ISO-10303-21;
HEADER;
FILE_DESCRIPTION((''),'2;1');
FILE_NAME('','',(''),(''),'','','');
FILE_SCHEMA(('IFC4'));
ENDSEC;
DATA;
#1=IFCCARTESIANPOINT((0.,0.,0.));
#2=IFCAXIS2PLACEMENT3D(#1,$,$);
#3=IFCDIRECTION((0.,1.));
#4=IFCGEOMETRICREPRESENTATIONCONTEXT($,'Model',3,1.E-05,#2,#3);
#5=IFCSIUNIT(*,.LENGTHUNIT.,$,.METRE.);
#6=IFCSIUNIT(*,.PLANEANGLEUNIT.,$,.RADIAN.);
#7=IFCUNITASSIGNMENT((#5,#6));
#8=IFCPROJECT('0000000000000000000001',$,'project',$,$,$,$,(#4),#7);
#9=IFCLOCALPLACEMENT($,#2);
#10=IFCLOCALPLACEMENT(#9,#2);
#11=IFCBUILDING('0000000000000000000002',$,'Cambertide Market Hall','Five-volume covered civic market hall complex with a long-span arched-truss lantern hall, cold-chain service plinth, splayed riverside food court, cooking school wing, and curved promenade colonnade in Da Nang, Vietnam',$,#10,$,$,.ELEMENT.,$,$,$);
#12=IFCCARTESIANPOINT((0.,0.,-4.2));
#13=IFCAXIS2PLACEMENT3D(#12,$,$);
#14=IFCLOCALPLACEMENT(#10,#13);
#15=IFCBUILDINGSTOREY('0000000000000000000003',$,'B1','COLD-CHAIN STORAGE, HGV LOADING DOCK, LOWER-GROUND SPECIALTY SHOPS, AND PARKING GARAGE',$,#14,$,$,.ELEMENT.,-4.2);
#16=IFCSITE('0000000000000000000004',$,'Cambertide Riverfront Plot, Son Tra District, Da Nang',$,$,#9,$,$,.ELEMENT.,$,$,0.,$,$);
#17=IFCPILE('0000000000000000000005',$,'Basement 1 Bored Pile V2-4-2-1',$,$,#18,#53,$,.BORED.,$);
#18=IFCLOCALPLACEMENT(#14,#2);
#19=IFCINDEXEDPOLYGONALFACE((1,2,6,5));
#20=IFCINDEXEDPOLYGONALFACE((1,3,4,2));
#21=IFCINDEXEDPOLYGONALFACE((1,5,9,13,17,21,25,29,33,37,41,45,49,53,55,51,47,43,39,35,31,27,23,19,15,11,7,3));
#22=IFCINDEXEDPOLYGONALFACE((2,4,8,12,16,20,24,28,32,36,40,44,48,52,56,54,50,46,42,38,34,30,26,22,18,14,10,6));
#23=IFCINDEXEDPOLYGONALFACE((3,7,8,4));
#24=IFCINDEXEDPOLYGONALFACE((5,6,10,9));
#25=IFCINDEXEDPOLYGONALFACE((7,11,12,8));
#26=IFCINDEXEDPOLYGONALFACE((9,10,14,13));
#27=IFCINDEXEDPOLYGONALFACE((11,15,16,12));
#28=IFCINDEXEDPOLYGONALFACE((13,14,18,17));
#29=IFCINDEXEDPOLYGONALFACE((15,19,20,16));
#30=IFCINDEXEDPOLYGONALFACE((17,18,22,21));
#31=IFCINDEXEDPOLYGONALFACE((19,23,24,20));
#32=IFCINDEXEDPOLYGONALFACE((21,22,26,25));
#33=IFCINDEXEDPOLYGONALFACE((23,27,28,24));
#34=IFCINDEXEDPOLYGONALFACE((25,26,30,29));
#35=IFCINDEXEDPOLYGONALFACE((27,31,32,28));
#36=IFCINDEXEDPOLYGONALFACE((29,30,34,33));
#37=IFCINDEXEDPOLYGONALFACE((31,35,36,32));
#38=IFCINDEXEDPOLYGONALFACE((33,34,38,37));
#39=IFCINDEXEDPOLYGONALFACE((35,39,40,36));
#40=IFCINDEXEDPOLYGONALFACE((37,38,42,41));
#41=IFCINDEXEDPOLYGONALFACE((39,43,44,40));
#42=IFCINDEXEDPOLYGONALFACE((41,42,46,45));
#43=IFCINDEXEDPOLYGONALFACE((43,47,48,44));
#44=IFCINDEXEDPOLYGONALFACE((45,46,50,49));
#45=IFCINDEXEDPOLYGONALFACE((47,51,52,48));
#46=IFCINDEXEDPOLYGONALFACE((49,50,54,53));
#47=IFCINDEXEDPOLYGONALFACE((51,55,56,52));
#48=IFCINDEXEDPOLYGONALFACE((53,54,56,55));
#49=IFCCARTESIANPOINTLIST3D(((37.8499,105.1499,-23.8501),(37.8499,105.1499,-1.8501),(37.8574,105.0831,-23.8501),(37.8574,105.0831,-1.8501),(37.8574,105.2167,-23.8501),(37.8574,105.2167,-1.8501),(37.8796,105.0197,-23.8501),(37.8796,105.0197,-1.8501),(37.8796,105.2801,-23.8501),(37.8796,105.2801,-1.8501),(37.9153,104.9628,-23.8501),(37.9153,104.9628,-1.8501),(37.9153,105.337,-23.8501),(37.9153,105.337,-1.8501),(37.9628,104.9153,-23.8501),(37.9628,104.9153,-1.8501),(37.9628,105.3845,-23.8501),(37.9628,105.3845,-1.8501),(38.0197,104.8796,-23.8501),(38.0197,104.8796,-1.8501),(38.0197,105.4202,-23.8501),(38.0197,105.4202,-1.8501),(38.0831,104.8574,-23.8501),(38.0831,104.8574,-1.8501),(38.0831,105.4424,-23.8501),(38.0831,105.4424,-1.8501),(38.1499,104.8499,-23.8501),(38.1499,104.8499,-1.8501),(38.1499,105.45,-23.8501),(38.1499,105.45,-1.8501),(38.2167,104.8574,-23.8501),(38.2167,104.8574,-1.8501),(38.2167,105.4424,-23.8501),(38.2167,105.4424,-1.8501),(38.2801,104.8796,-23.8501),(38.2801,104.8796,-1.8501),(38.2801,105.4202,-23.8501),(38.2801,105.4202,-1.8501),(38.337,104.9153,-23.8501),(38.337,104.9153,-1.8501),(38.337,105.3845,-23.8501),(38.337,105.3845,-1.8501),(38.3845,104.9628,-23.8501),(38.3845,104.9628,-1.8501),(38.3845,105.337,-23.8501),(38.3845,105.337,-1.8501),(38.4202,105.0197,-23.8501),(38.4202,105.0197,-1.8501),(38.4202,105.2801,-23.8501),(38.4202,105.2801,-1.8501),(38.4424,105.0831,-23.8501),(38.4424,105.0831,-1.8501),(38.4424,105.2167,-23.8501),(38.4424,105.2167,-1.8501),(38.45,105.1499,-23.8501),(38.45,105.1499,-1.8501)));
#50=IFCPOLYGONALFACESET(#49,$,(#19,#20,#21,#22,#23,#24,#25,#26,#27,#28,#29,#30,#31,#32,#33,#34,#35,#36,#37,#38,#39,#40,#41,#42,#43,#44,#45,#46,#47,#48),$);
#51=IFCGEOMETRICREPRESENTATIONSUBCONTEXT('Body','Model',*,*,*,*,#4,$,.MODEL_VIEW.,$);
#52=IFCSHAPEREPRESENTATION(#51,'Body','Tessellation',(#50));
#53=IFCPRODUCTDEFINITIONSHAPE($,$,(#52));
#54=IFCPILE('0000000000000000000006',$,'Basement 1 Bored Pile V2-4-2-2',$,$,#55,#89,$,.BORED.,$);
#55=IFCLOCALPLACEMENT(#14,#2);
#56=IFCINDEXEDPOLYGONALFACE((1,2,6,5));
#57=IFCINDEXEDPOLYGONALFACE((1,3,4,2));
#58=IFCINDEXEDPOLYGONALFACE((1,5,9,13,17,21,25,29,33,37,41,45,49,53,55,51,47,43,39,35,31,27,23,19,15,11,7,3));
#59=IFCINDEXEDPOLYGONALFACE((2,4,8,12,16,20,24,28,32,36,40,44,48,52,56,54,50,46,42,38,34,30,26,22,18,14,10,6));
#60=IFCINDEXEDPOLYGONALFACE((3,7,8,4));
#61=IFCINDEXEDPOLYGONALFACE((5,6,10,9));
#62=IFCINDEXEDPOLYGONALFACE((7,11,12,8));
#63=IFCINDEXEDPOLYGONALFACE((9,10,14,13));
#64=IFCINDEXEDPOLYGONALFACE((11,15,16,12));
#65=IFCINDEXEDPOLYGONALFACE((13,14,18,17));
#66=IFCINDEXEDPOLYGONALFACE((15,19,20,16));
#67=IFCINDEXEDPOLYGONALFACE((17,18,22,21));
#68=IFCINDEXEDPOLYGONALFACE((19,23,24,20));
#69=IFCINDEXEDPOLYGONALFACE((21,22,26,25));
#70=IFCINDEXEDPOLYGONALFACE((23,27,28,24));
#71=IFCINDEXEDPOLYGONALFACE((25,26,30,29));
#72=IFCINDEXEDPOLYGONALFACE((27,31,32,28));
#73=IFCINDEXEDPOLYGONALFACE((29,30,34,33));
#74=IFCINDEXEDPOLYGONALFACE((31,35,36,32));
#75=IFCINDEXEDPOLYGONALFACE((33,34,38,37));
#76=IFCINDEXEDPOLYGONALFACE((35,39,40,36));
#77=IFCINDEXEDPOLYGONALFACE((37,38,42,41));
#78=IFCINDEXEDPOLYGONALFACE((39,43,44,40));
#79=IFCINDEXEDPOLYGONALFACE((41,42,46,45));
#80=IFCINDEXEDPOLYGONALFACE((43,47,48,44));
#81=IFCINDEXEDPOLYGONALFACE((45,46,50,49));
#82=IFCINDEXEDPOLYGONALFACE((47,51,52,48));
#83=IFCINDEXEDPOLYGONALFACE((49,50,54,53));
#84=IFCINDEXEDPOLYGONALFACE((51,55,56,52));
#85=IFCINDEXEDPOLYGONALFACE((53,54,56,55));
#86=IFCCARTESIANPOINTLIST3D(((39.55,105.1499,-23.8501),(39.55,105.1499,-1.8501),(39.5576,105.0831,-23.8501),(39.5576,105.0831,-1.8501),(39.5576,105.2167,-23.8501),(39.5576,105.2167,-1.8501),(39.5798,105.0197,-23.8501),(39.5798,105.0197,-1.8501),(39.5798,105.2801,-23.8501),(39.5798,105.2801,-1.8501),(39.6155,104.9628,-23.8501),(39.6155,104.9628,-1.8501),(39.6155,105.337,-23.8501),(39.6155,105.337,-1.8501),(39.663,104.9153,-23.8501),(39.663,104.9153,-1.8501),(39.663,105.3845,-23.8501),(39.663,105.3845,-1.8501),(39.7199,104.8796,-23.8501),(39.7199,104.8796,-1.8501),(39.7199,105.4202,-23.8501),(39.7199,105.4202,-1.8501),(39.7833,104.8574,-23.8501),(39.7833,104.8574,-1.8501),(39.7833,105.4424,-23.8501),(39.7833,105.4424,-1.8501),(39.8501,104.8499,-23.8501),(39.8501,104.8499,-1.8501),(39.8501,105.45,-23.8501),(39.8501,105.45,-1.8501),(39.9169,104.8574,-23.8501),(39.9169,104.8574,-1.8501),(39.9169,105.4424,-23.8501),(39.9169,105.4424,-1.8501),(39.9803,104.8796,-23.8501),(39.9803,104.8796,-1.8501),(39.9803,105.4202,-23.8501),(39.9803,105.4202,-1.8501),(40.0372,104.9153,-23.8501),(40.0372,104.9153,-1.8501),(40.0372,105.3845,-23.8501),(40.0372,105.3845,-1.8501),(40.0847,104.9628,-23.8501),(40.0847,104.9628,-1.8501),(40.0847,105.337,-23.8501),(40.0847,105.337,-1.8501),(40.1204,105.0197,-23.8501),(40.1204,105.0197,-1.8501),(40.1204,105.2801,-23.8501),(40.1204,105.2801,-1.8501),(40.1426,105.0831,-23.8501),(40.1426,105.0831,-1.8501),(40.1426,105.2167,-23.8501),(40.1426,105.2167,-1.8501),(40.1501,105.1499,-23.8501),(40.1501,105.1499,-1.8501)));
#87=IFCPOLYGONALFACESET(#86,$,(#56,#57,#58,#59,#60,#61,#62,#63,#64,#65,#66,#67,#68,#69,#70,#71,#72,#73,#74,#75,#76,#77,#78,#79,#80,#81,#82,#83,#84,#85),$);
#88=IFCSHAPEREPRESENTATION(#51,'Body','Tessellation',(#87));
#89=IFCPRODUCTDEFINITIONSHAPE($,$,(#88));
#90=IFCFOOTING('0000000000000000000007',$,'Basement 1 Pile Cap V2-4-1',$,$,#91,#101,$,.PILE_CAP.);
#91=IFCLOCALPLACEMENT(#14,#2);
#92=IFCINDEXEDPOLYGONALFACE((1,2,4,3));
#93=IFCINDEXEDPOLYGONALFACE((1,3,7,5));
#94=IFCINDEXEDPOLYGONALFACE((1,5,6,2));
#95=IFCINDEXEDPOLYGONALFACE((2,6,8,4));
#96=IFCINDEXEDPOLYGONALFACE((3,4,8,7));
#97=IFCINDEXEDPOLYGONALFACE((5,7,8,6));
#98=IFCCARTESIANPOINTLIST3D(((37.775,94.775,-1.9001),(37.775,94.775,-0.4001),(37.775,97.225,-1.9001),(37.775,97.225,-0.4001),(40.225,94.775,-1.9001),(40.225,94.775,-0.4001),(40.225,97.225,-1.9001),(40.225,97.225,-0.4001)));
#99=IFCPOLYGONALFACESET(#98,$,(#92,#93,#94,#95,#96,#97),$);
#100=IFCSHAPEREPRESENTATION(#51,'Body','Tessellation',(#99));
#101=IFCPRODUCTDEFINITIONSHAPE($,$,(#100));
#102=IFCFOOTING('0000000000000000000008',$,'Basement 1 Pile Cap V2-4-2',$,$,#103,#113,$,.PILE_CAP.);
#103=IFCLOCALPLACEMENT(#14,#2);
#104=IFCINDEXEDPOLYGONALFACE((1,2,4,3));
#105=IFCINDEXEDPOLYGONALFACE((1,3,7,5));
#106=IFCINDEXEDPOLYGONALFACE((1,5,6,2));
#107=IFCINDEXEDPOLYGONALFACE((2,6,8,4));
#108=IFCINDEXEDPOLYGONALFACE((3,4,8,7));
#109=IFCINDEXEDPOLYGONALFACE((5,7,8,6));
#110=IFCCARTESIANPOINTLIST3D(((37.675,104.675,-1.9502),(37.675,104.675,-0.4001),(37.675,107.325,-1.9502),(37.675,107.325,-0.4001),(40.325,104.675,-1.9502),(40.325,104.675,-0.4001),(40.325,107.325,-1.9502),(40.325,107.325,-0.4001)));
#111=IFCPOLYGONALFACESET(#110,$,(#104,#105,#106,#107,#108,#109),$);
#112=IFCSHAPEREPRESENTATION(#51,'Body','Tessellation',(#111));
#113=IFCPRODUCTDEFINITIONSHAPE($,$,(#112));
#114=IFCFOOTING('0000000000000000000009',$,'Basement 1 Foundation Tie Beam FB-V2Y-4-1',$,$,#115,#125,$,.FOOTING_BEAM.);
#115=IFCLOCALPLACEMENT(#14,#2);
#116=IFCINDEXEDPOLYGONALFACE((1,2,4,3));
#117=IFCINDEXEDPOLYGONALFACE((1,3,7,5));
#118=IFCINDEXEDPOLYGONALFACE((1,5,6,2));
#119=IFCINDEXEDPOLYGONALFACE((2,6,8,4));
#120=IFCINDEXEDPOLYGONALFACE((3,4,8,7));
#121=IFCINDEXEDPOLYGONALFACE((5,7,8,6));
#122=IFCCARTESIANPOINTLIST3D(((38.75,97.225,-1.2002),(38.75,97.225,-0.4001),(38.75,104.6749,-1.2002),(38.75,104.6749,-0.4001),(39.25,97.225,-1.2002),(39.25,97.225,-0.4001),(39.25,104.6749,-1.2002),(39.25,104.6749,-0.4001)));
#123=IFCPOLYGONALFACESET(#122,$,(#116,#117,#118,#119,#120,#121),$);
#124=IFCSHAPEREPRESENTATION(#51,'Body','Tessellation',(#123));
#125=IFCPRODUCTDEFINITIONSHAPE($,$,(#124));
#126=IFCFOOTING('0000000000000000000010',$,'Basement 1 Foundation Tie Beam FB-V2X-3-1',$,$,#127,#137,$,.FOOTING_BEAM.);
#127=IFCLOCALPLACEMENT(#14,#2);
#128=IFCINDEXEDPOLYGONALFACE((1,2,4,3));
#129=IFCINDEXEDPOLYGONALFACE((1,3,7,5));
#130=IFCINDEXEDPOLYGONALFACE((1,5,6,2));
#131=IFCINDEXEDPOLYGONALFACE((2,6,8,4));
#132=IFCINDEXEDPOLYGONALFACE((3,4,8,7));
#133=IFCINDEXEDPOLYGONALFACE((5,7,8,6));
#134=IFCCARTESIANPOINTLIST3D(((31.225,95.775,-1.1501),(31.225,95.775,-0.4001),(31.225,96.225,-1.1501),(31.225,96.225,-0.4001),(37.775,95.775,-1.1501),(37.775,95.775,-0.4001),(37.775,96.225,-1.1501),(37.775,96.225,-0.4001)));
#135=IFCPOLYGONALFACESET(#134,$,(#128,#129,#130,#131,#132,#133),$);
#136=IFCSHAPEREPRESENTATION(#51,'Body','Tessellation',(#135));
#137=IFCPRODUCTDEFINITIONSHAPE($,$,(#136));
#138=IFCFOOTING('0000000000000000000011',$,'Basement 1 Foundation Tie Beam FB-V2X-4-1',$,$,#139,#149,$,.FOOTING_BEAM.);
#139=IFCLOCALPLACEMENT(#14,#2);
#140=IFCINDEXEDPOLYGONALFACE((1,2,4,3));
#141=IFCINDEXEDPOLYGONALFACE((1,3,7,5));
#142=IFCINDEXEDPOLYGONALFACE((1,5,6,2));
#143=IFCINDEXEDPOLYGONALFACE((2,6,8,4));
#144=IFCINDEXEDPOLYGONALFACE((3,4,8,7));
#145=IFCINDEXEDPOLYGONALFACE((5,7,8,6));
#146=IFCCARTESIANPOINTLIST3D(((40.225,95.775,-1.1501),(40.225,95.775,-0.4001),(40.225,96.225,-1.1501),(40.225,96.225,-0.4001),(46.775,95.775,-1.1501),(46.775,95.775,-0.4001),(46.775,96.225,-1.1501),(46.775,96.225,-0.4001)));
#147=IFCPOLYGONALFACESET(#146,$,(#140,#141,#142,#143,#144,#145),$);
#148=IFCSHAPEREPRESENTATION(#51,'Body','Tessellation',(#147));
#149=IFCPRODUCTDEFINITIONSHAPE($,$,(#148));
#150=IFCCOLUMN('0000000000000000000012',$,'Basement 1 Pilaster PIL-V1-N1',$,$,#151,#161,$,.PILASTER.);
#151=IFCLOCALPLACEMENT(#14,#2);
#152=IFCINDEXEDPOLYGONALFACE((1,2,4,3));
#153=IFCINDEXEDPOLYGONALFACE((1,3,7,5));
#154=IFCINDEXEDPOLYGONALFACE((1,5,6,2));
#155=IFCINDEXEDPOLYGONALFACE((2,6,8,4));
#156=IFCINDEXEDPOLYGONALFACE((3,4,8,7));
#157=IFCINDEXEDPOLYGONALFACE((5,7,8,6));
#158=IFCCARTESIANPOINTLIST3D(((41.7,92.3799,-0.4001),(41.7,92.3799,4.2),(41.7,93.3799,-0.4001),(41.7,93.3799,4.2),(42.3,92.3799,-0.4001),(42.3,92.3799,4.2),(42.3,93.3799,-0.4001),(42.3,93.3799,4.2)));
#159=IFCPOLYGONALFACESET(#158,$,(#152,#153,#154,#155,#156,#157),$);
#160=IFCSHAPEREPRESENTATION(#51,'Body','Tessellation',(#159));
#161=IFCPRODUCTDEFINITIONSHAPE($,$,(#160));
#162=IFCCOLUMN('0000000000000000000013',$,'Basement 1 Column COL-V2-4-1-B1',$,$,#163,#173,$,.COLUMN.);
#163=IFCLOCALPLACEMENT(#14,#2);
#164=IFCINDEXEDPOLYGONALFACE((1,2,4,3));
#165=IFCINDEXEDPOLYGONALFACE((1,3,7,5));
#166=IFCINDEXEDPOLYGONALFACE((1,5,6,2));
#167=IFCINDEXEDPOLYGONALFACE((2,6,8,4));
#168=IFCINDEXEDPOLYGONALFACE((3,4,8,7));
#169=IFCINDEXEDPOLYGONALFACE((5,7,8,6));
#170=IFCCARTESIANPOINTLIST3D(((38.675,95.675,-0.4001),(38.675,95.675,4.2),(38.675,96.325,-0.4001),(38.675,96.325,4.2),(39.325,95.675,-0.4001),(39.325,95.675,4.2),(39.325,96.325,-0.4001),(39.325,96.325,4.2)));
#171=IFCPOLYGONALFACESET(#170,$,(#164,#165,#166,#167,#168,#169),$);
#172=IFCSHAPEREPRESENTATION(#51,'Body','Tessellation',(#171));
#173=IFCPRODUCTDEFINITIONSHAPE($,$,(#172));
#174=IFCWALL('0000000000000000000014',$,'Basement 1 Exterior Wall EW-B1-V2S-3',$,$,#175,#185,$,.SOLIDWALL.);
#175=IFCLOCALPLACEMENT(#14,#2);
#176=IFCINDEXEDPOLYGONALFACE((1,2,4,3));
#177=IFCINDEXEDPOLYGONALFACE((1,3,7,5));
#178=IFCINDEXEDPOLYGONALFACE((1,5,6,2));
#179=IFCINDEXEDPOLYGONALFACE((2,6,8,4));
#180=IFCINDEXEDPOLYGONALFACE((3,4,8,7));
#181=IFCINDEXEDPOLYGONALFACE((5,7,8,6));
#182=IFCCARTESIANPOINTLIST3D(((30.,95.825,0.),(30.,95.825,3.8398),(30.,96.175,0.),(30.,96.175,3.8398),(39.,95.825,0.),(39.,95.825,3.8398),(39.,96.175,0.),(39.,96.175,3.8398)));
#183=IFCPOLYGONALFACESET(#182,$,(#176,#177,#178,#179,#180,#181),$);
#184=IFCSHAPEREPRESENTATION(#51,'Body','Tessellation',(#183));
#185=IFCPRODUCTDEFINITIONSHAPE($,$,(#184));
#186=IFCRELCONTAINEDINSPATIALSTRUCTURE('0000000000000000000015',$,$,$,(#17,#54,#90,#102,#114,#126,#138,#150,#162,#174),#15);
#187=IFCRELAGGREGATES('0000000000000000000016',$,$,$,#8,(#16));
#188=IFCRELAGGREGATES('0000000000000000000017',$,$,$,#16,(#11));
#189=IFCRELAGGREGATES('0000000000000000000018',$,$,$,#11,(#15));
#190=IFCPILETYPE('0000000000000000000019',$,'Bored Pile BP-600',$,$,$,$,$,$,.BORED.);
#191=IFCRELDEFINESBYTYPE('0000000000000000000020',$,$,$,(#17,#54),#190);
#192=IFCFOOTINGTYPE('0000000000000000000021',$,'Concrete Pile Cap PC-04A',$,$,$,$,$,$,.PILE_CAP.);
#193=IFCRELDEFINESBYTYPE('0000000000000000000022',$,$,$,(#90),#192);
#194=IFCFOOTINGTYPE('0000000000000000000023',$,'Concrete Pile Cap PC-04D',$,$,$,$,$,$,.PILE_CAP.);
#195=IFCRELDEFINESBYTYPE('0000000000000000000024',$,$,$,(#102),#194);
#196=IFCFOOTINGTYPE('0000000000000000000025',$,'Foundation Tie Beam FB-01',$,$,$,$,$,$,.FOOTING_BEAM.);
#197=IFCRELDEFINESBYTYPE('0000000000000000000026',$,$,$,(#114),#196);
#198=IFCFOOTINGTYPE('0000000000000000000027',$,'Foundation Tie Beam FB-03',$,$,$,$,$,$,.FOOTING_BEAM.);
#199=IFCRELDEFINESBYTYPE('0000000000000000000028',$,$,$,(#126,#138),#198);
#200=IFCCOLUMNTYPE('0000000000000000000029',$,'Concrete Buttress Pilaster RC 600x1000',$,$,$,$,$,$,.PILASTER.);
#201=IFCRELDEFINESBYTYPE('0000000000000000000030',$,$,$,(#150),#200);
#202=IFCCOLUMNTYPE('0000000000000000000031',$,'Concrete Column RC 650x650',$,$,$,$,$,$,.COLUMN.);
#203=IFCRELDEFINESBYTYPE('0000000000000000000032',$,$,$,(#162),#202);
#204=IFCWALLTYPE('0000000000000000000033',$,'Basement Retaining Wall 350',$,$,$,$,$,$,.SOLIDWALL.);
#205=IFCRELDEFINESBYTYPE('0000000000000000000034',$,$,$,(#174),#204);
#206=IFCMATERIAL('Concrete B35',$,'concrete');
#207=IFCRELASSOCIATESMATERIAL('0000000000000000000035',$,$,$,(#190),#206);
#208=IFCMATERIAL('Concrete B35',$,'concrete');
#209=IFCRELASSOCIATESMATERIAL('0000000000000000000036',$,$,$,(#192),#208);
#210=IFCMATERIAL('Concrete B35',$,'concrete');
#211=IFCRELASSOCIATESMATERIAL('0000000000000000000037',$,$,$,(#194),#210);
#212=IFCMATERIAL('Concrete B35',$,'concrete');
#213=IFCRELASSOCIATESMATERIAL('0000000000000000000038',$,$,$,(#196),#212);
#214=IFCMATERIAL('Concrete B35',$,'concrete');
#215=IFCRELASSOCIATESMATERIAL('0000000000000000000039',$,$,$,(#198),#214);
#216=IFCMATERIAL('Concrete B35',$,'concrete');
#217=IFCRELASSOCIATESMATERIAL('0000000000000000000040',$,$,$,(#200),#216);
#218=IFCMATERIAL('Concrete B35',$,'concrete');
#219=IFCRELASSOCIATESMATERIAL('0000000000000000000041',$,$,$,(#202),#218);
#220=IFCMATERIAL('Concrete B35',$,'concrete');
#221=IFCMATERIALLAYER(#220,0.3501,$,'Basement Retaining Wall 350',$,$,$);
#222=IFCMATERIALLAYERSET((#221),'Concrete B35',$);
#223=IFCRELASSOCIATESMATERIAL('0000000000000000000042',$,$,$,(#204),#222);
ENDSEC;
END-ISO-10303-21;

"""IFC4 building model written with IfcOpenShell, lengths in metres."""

from ifc_helpers import new_model, si_unit, direction, frame, frame_2d, origin, origin_2d, place, context, subcontext, project, spatial, rectangle, circle, extrude, material, layer, layer_set, material_profile, profile_set, type_object, element, save


model = new_model("IFC4")

# Units and contexts
model_context = context("Model", 3, precision=1e-05, world=origin(), true_north=direction((0.0, 1.0)))
body_context = subcontext(model_context, "Body", "Model", "MODEL_VIEW")
ifc_project = project(units=[si_unit("LENGTHUNIT", "METRE"), si_unit("PLANEANGLEUNIT", "RADIAN")], contexts=[model_context])

# Site, building, storey
site_placement = place(None, origin())
site = spatial("IfcSite", under=ifc_project, at=site_placement, Name="Cambertide Riverfront Plot, Son Tra District, Da Nang", CompositionType="ELEMENT", RefElevation=0.0)
building_placement = place(site_placement, origin())
building = spatial("IfcBuilding", under=site, at=building_placement, Name="Cambertide Market Hall", Description="Five-volume covered civic market hall complex with a long-span arched-truss lantern hall, cold-chain service plinth, splayed riverside food court, cooking school wing, and curved promenade colonnade in Da Nang, Vietnam", CompositionType="ELEMENT")
storey_placement = place(building_placement, frame((0.0, 0.0, -4.2)))
storey = spatial("IfcBuildingStorey", under=building, at=storey_placement, Name="B1", Description="COLD-CHAIN STORAGE, HGV LOADING DOCK, LOWER-GROUND SPECIALTY SHOPS, AND PARKING GARAGE", CompositionType="ELEMENT", Elevation=-4.2)

# Piles
ifc_material_1 = material(Name="Concrete B35", Category="concrete")
ifc_material_profile_1 = material_profile(ifc_material_1, circle(Radius=0.3, at=origin_2d()), Name="BP D600")
ifc_profile_set_1 = profile_set([ifc_material_profile_1], Name="Concrete B35")
pile_type = type_object("IfcPileType", Name="Bored Pile BP-600", PredefinedType="BORED", material=ifc_profile_set_1)
for number, where, z_axis, x_axis, name in (
    (1, (38.1499, 105.1499, -1.8501), (0.0, 0.0, -1.0), (1.0, 0.0, 0.0), "Basement 1 Bored Pile V2-4-2-1"),
    (2, (39.8501, 105.1499, -1.8501), (0.0, 0.0, -1.0), (1.0, 0.0, 0.0), "Basement 1 Bored Pile V2-4-2-2"),
):
    element("IfcPile", number, at=place(storey_placement, frame(where, z_axis=z_axis, x_axis=x_axis)), inside=storey, type_object=pile_type, Name=name, PredefinedType="BORED", context=body_context, shape_type="SweptSolid", body=[
        extrude(circle(Radius=0.3, at=origin_2d()), origin(), (0.0, 0.0, 1.0), 22.0),
    ])

# Footings
ifc_material_2 = material(Name="Concrete B35", Category="concrete")
footing_type_1 = type_object("IfcFootingType", Name="Concrete Pile Cap PC-04A", PredefinedType="PILE_CAP", material=ifc_material_2)
footing_1_placement = place(storey_placement, frame((39.0, 96.0, -1.9001), z_axis=(0.0, 0.0, 1.0), x_axis=(1.0, 0.0, 0.0)))
element("IfcFooting", 3, at=footing_1_placement, inside=storey, type_object=footing_type_1, Name="Basement 1 Pile Cap V2-4-1", PredefinedType="PILE_CAP", context=body_context, shape_type="SweptSolid", body=[
    extrude(rectangle(XDim=2.45, YDim=2.45, at=origin_2d()), origin(), (0.0, 0.0, 1.0), 1.5),
])
ifc_material_3 = material(Name="Concrete B35", Category="concrete")
footing_type_2 = type_object("IfcFootingType", Name="Concrete Pile Cap PC-04D", PredefinedType="PILE_CAP", material=ifc_material_3)
footing_2_placement = place(storey_placement, frame((39.0, 106.0, -1.9502), z_axis=(0.0, 0.0, 1.0), x_axis=(1.0, 0.0, 0.0)))
element("IfcFooting", 4, at=footing_2_placement, inside=storey, type_object=footing_type_2, Name="Basement 1 Pile Cap V2-4-2", PredefinedType="PILE_CAP", context=body_context, shape_type="SweptSolid", body=[
    extrude(rectangle(XDim=2.6499, YDim=2.6499, at=origin_2d()), origin(), (0.0, 0.0, 1.0), 1.55),
])
ifc_material_4 = material(Name="Concrete B35", Category="concrete")
footing_type_3 = type_object("IfcFootingType", Name="Foundation Tie Beam FB-01", PredefinedType="FOOTING_BEAM", material=ifc_material_4)
footing_3_placement = place(storey_placement, frame((39.0, 100.95, -1.2002), z_axis=(0.0, 0.0, 1.0), x_axis=(0.0, 1.0, 0.0)))
element("IfcFooting", 5, at=footing_3_placement, inside=storey, type_object=footing_type_3, Name="Basement 1 Foundation Tie Beam FB-V2Y-4-1", PredefinedType="FOOTING_BEAM", context=body_context, shape_type="SweptSolid", body=[
    extrude(rectangle(XDim=7.45, YDim=0.5, at=origin_2d()), origin(), (0.0, 0.0, 1.0), 0.8),
])
ifc_material_5 = material(Name="Concrete B35", Category="concrete")
footing_type_4 = type_object("IfcFootingType", Name="Foundation Tie Beam FB-03", PredefinedType="FOOTING_BEAM", material=ifc_material_5)
for number, where, z_axis, x_axis, name in (
    (6, (34.5, 96.0, -1.1501), (0.0, 0.0, 1.0), (1.0, 0.0, 0.0), "Basement 1 Foundation Tie Beam FB-V2X-3-1"),
    (7, (43.5, 96.0, -1.1501), (0.0, 0.0, 1.0), (1.0, 0.0, 0.0), "Basement 1 Foundation Tie Beam FB-V2X-4-1"),
):
    element("IfcFooting", number, at=place(storey_placement, frame(where, z_axis=z_axis, x_axis=x_axis)), inside=storey, type_object=footing_type_4, Name=name, PredefinedType="FOOTING_BEAM", context=body_context, shape_type="SweptSolid", body=[
        extrude(rectangle(XDim=6.55, YDim=0.45, at=origin_2d()), origin(), (0.0, 0.0, 1.0), 0.75),
    ])

# Columns
ifc_material_6 = material(Name="Concrete B35", Category="concrete")
ifc_material_profile_2 = material_profile(ifc_material_6, rectangle(XDim=0.6001, YDim=1.0, at=origin_2d()), Name="RC 600x1000")
ifc_profile_set_2 = profile_set([ifc_material_profile_2], Name="Concrete B35")
column_type_1 = type_object("IfcColumnType", Name="Concrete Buttress Pilaster RC 600x1000", PredefinedType="PILASTER", material=ifc_profile_set_2)
column_1_placement = place(storey_placement, frame((42.0, 92.8799, -0.4001), z_axis=(0.0, 0.0, 1.0), x_axis=(1.0, 0.0, 0.0)))
element("IfcColumn", 8, at=column_1_placement, inside=storey, type_object=column_type_1, Name="Basement 1 Pilaster PIL-V1-N1", PredefinedType="PILASTER", context=body_context, shape_type="SweptSolid", body=[
    extrude(rectangle(XDim=0.6001, YDim=1.0, at=origin_2d()), origin(), (0.0, 0.0, 1.0), 4.6001),
])
ifc_material_7 = material(Name="Concrete B35", Category="concrete")
ifc_material_profile_3 = material_profile(ifc_material_7, rectangle(XDim=0.6499, YDim=0.6499, at=origin_2d()), Name="RC 650x650")
ifc_profile_set_3 = profile_set([ifc_material_profile_3], Name="Concrete B35")
column_type_2 = type_object("IfcColumnType", Name="Concrete Column RC 650x650", PredefinedType="COLUMN", material=ifc_profile_set_3)
column_2_placement = place(storey_placement, frame((39.0, 96.0, -0.4001), z_axis=(0.0, 0.0, 1.0), x_axis=(1.0, 0.0, 0.0)))
element("IfcColumn", 9, at=column_2_placement, inside=storey, type_object=column_type_2, Name="Basement 1 Column COL-V2-4-1-B1", PredefinedType="COLUMN", context=body_context, shape_type="SweptSolid", body=[
    extrude(rectangle(XDim=0.6499, YDim=0.6499, at=origin_2d()), origin(), (0.0, 0.0, 1.0), 4.6001),
])

# Wall
ifc_material_8 = material(Name="Concrete B35", Category="concrete")
ifc_layer_1 = layer(ifc_material_8, 0.3501, Name="Basement Retaining Wall 350")
ifc_layer_set_1 = layer_set([ifc_layer_1], Name="Concrete B35")
wall_type_1 = type_object("IfcWallType", Name="Basement Retaining Wall 350", PredefinedType="SOLIDWALL", material=ifc_layer_set_1)
wall_1_placement = place(storey_placement, frame((39.0, 96.0, 0.0), z_axis=(0.0, 0.0, 1.0), x_axis=(-1.0, 0.0, 0.0)))
element("IfcWall", 10, at=wall_1_placement, inside=storey, type_object=wall_type_1, Name="Basement 1 Exterior Wall EW-B1-V2S-3", PredefinedType="SOLIDWALL", context=body_context, shape_type="SweptSolid", body=[
    extrude(rectangle(XDim=9.0, YDim=0.3501, at=frame_2d((4.5, 0.0))), origin(), (0.0, 0.0, 1.0), 3.8398),
])

save(model, "model.ifc")
